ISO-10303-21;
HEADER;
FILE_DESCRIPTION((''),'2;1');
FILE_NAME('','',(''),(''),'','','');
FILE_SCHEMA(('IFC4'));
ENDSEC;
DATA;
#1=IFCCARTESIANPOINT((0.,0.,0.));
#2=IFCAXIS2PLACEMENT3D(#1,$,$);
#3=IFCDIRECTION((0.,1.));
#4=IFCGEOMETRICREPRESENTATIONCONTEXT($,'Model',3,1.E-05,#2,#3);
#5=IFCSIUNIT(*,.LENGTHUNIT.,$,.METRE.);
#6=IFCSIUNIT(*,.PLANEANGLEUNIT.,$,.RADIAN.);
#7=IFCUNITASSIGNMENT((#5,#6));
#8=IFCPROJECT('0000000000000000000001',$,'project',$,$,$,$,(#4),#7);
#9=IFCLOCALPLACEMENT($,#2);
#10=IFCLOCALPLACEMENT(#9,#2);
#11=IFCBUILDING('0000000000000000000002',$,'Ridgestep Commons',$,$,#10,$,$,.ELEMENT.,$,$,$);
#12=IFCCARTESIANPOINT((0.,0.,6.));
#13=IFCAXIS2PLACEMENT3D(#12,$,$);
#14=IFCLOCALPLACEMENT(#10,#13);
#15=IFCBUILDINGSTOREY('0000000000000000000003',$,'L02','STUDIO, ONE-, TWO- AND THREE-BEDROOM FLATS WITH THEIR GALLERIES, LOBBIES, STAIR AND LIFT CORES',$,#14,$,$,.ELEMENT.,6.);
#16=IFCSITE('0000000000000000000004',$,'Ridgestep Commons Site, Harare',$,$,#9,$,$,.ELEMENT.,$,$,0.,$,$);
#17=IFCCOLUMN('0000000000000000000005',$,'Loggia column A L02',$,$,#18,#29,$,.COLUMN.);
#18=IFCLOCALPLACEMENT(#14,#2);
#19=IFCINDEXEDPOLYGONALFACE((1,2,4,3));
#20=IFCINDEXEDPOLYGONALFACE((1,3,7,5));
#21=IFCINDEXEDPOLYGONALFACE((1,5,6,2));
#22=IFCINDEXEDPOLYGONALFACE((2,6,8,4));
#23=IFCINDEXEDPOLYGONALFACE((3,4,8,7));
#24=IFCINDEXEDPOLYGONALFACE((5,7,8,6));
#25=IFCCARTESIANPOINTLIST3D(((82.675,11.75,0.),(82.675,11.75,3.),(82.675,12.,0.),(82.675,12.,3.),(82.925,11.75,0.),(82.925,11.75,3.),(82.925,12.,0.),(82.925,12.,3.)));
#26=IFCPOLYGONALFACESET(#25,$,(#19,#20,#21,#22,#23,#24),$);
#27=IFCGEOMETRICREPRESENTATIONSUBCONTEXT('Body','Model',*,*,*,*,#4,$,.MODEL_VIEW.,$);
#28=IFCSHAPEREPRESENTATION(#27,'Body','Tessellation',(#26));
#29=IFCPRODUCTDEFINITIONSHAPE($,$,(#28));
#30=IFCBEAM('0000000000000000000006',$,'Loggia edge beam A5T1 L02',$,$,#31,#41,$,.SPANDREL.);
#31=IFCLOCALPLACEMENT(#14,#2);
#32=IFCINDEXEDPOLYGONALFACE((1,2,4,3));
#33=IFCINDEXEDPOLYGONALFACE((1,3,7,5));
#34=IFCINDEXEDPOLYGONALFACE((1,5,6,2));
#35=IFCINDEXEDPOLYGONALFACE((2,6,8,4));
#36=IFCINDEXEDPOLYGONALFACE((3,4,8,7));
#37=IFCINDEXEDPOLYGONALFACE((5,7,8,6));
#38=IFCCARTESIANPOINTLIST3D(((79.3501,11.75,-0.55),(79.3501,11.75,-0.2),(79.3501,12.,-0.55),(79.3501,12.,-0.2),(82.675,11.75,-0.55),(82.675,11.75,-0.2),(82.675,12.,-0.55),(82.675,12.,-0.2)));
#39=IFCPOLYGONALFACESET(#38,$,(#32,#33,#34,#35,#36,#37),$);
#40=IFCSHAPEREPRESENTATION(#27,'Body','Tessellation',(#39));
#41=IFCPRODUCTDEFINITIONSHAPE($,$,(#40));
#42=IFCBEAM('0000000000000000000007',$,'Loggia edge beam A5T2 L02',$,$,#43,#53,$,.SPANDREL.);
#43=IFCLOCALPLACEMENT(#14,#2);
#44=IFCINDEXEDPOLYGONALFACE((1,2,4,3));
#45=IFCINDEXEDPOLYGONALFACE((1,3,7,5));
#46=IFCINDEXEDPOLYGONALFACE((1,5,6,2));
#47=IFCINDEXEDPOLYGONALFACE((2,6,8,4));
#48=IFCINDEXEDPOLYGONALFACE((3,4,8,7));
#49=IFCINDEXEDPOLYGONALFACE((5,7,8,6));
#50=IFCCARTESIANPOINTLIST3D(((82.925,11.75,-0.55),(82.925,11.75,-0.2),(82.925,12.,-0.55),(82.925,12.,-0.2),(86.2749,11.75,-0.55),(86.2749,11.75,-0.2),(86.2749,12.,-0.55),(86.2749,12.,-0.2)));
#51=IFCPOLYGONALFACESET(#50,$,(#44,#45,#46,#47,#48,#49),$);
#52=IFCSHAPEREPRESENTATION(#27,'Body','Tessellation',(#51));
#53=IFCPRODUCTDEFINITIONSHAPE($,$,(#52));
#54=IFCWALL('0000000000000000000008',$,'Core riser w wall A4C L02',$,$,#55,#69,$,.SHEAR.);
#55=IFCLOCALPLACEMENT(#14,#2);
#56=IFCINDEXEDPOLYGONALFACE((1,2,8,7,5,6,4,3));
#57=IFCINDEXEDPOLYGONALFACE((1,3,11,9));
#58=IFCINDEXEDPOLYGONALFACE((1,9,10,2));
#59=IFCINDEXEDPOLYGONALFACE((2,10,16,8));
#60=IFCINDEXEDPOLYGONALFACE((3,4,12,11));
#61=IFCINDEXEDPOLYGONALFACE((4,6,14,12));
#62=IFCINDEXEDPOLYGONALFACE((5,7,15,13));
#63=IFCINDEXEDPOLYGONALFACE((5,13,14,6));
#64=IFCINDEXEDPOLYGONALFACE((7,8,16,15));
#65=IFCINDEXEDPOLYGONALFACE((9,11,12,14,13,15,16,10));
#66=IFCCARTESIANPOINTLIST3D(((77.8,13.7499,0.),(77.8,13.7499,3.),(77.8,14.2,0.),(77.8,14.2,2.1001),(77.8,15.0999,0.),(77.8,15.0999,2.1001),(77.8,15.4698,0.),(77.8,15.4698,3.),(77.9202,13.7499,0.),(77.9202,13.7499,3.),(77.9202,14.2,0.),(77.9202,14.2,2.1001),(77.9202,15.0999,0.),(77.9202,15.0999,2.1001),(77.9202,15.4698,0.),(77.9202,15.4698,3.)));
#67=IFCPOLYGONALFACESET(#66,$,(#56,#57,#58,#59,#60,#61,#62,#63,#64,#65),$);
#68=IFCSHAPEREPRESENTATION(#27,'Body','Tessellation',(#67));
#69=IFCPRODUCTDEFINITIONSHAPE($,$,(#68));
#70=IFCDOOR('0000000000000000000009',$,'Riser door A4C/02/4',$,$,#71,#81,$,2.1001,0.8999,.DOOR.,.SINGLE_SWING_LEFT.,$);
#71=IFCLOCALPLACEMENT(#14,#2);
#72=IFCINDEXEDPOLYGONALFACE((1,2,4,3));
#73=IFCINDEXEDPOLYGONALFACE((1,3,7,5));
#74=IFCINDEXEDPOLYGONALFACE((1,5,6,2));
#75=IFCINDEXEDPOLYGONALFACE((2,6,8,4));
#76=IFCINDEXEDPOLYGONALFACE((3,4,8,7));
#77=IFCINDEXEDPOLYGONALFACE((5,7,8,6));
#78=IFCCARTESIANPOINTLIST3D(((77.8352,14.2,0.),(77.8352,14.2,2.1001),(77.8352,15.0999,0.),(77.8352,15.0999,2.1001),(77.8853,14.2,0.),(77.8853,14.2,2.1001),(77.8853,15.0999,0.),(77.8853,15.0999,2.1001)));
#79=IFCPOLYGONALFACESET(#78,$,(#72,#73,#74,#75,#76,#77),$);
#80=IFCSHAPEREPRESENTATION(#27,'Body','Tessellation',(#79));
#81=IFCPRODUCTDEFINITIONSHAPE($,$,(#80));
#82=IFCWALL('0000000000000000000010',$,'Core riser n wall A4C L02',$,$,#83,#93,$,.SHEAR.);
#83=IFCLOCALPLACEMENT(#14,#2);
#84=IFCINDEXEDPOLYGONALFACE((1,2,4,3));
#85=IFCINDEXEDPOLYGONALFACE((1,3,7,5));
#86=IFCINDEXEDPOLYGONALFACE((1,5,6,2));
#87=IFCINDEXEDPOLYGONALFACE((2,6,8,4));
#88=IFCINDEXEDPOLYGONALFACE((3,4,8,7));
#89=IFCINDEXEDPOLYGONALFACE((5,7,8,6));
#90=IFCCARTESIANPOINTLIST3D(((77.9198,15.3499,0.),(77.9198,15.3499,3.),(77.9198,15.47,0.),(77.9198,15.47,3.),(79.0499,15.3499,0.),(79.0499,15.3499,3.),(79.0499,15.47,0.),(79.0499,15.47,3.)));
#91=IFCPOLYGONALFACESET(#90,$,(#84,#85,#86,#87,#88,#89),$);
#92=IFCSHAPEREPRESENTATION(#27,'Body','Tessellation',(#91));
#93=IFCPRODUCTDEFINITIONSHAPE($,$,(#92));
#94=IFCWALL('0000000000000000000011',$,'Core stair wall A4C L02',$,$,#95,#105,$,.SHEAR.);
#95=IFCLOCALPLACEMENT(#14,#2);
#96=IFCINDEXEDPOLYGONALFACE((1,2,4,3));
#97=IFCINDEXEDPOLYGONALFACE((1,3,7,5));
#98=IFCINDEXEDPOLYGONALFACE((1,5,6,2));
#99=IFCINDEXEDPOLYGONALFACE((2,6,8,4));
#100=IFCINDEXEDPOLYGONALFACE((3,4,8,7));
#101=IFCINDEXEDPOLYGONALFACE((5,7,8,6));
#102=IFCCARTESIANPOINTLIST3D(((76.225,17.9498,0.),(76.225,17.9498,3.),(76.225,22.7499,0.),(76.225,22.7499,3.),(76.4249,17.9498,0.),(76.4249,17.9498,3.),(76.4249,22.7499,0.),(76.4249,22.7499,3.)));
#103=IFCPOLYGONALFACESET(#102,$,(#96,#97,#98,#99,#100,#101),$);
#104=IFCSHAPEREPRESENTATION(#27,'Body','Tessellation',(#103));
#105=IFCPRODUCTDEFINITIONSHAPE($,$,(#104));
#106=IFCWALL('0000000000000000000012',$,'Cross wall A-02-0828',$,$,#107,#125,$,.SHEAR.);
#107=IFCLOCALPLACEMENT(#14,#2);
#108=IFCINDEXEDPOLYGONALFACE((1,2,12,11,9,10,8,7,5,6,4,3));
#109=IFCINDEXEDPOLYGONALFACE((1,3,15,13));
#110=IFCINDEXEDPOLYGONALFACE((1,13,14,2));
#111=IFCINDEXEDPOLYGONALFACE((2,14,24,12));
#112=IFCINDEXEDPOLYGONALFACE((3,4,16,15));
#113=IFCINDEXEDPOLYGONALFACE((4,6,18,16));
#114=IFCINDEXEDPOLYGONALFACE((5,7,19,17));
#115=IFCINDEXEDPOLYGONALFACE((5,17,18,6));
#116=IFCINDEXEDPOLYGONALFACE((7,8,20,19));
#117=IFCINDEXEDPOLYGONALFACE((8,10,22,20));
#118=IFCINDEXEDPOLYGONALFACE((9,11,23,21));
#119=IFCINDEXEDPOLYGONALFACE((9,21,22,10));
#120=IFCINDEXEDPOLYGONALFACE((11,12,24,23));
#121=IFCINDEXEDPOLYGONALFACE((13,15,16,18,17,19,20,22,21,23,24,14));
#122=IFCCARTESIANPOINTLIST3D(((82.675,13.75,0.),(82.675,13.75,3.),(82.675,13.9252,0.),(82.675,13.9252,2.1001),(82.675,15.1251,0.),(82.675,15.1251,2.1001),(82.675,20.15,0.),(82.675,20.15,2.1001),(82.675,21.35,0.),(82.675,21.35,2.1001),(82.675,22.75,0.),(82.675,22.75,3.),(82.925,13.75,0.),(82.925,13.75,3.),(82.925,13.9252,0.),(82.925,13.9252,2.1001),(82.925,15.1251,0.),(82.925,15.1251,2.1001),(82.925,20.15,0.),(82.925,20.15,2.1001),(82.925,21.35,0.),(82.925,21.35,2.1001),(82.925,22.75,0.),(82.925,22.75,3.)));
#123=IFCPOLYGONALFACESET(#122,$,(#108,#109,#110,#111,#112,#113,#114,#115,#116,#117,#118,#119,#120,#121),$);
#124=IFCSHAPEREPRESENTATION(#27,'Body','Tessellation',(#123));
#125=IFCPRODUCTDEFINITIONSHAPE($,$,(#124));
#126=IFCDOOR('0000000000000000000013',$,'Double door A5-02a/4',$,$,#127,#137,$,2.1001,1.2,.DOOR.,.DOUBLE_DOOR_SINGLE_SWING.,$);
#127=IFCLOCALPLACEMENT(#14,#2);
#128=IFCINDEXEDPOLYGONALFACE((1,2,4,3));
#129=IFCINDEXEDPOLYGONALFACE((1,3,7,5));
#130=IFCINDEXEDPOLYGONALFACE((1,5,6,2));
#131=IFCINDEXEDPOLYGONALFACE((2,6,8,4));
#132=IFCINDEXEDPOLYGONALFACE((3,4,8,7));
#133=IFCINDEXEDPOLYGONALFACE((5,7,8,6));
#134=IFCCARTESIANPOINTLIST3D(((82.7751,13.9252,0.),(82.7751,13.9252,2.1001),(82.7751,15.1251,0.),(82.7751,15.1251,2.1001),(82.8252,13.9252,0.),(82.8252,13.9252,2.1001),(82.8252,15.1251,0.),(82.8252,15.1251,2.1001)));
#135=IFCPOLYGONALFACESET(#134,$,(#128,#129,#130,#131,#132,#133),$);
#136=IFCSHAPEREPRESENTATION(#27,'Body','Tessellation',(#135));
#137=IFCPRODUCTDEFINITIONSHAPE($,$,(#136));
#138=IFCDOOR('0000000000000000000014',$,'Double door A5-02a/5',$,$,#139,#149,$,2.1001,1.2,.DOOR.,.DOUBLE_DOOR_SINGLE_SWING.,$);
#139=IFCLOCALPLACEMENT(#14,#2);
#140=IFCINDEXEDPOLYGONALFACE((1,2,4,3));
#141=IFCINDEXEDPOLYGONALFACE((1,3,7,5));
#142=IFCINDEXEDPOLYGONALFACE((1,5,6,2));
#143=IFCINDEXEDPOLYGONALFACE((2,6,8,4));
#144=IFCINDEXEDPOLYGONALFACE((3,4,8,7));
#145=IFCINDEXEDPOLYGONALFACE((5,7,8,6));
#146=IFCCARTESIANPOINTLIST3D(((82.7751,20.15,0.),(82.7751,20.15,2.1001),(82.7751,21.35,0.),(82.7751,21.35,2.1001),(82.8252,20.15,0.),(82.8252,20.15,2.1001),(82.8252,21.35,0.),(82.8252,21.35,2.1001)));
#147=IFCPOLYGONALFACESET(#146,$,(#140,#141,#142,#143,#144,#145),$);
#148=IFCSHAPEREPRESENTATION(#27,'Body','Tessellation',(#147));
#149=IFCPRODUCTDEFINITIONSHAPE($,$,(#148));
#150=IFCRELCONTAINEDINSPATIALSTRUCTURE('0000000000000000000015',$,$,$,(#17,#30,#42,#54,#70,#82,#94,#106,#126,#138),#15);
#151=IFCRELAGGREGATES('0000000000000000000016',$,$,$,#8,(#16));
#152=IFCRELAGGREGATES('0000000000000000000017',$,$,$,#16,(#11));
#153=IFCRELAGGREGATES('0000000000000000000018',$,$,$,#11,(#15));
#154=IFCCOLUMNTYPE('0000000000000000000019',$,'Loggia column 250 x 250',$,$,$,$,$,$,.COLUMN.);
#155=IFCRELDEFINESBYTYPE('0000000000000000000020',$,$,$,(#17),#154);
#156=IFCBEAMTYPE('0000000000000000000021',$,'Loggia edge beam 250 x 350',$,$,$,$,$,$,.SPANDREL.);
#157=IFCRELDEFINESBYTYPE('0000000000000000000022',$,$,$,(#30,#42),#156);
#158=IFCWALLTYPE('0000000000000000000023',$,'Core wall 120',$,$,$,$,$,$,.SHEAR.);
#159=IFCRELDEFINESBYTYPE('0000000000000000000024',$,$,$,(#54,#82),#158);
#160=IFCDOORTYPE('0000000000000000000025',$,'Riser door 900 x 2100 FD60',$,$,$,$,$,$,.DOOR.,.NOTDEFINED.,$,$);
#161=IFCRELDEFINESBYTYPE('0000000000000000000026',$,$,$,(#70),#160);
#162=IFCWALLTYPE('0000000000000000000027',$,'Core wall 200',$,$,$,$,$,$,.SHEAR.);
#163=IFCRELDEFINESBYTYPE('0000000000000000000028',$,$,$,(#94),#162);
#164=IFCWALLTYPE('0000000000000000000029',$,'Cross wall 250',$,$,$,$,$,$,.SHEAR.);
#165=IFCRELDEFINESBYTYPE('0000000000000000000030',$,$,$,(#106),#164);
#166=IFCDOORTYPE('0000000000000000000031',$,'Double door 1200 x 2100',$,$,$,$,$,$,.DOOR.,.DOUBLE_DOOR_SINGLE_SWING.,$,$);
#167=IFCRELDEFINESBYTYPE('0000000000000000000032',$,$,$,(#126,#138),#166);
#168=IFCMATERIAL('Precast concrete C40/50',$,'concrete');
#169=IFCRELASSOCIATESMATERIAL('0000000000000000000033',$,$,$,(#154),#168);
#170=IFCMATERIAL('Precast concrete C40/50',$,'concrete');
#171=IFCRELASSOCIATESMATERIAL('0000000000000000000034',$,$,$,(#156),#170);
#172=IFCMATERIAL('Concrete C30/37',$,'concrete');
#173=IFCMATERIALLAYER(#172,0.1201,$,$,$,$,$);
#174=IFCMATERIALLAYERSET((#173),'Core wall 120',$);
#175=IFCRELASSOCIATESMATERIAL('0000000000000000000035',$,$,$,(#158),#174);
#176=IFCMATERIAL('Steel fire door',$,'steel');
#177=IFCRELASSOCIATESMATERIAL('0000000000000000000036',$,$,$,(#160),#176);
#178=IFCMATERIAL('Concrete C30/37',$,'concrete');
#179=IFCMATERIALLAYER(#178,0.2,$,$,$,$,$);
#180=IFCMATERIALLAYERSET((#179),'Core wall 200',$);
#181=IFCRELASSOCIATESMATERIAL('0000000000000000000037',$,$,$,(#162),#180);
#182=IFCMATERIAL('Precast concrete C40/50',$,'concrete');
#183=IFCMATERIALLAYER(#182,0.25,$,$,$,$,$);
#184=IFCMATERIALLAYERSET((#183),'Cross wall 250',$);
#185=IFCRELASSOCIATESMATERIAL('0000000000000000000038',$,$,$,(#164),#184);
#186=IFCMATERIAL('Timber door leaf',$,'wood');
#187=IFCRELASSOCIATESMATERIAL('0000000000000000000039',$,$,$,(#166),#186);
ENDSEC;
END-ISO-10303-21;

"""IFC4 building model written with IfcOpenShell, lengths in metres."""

from ifc_helpers import new_model, si_unit, direction, frame, frame_2d, origin, origin_2d, place, context, subcontext, project, spatial, rectangle, extrude, material, layer, layer_set, material_profile, profile_set, type_object, element, fill, save


model = new_model("IFC4")

# Units and contexts
model_context = context("Model", 3, precision=1e-05, world=origin(), true_north=direction((0.0, 1.0)))
body_context = subcontext(model_context, "Body", "Model", "MODEL_VIEW")
ifc_project = project(units=[si_unit("LENGTHUNIT", "METRE"), si_unit("PLANEANGLEUNIT", "RADIAN")], contexts=[model_context])

# Site, building, storey
site_placement = place(None, origin())
site = spatial("IfcSite", under=ifc_project, at=site_placement, Name="Ridgestep Commons Site, Harare", CompositionType="ELEMENT", RefElevation=0.0)
building_placement = place(site_placement, origin())
building = spatial("IfcBuilding", under=site, at=building_placement, Name="Ridgestep Commons", CompositionType="ELEMENT")
storey_placement = place(building_placement, frame((0.0, 0.0, 6.0)))
storey = spatial("IfcBuildingStorey", under=building, at=storey_placement, Name="L02", Description="STUDIO, ONE-, TWO- AND THREE-BEDROOM FLATS WITH THEIR GALLERIES, LOBBIES, STAIR AND LIFT CORES", CompositionType="ELEMENT", Elevation=6.0)

# Column
ifc_material_1 = material(Name="Precast concrete C40/50", Category="concrete")
ifc_material_profile_1 = material_profile(ifc_material_1, rectangle(XDim=0.25, YDim=0.25, at=origin_2d()), Name="PC 250x250")
ifc_profile_set_1 = profile_set([ifc_material_profile_1], Name="Precast concrete C40/50")
column_type = type_object("IfcColumnType", Name="Loggia column 250 x 250", PredefinedType="COLUMN", material=ifc_profile_set_1)
column_placement = place(storey_placement, frame((82.8, 11.875, 0.0), z_axis=(0.0, 0.0, 1.0), x_axis=(1.0, 0.0, 0.0)))
element("IfcColumn", 1, at=column_placement, inside=storey, type_object=column_type, Name="Loggia column A L02", PredefinedType="COLUMN", context=body_context, shape_type="SweptSolid", body=[
    extrude(rectangle(XDim=0.25, YDim=0.25, at=origin_2d()), origin(), (0.0, 0.0, 1.0), 3.0),
])

# Beams
ifc_material_2 = material(Name="Precast concrete C40/50", Category="concrete")
ifc_material_profile_2 = material_profile(ifc_material_2, rectangle(XDim=0.25, YDim=0.3501, at=origin_2d()), Name="PC 250x350")
ifc_profile_set_2 = profile_set([ifc_material_profile_2], Name="Precast concrete C40/50")
beam_type = type_object("IfcBeamType", Name="Loggia edge beam 250 x 350", PredefinedType="SPANDREL", material=ifc_profile_set_2)
beam_1_placement = place(storey_placement, frame((79.3501, 11.875, -0.375), z_axis=(1.0, 0.0, 0.0), x_axis=(0.0, 1.0, 0.0)))
element("IfcBeam", 2, at=beam_1_placement, inside=storey, type_object=beam_type, Name="Loggia edge beam A5T1 L02", PredefinedType="SPANDREL", context=body_context, shape_type="SweptSolid", body=[
    extrude(rectangle(XDim=0.25, YDim=0.3501, at=origin_2d()), origin(), (0.0, 0.0, 1.0), 3.325),
])
beam_2_placement = place(storey_placement, frame((82.925, 11.875, -0.375), z_axis=(1.0, 0.0, 0.0), x_axis=(0.0, 1.0, 0.0)))
element("IfcBeam", 3, at=beam_2_placement, inside=storey, type_object=beam_type, Name="Loggia edge beam A5T2 L02", PredefinedType="SPANDREL", context=body_context, shape_type="SweptSolid", body=[
    extrude(rectangle(XDim=0.25, YDim=0.3501, at=origin_2d()), origin(), (0.0, 0.0, 1.0), 3.3499),
])

# Wall, opening, door
ifc_material_3 = material(Name="Concrete C30/37", Category="concrete")
ifc_layer_1 = layer(ifc_material_3, 0.1201)
ifc_layer_set_1 = layer_set([ifc_layer_1], Name="Core wall 120")
wall_type_1 = type_object("IfcWallType", Name="Core wall 120", PredefinedType="SHEAR", material=ifc_layer_set_1)
wall_1_placement = place(storey_placement, frame((77.8601, 13.75, 0.0), z_axis=(0.0, 0.0, 1.0), x_axis=(0.0, 1.0, 0.0)))
wall_1 = element("IfcWall", 4, at=wall_1_placement, inside=storey, type_object=wall_type_1, Name="Core riser w wall A4C L02", PredefinedType="SHEAR", context=body_context, shape_type="SweptSolid", body=[
    extrude(rectangle(XDim=1.72, YDim=0.1201, at=frame_2d((0.8599, 0.0))), origin(), (0.0, 0.0, 1.0), 3.0),
])
opening_1_placement = place(wall_1_placement, frame((0.45, 0.0, 0.0)))
opening_1 = element("IfcOpeningElement", 5, at=opening_1_placement, cuts=wall_1, PredefinedType="OPENING", context=body_context, shape_type="SweptSolid", body=[
    extrude(rectangle(XDim=0.8999, YDim=2.1001, at=frame_2d((0.45, 1.05))), frame((0.0, 0.0701, 0.0), z_axis=(0.0, -1.0, 0.0), x_axis=(1.0, 0.0, 0.0)), (0.0, 0.0, 1.0), 0.1401),
])
ifc_material_4 = material(Name="Steel fire door", Category="steel")
door_type_1 = type_object("IfcDoorType", Name="Riser door 900 x 2100 FD60", OperationType="NOTDEFINED", PredefinedType="DOOR", material=ifc_material_4)
door_1_placement = place(opening_1_placement, origin())
door_1 = element("IfcDoor", 6, at=door_1_placement, inside=storey, type_object=door_type_1, Name="Riser door A4C/02/4", OperationType="SINGLE_SWING_LEFT", OverallHeight=2.1001, OverallWidth=0.8999, PredefinedType="DOOR", context=body_context, shape_type="SweptSolid", body=[
    extrude(rectangle(XDim=0.8999, YDim=2.1001, at=frame_2d((0.45, 1.05))), frame((0.0, 0.0249, 0.0), z_axis=(0.0, -1.0, 0.0), x_axis=(1.0, 0.0, 0.0)), (0.0, 0.0, 1.0), 0.05),
])
fill(opening_1, door_1)

# Walls
wall_2_placement = place(storey_placement, frame((77.9199, 15.4099, 0.0), z_axis=(0.0, 0.0, 1.0), x_axis=(1.0, 0.0, 0.0)))
element("IfcWall", 7, at=wall_2_placement, inside=storey, type_object=wall_type_1, Name="Core riser n wall A4C L02", PredefinedType="SHEAR", context=body_context, shape_type="SweptSolid", body=[
    extrude(rectangle(XDim=1.1301, YDim=0.1201, at=frame_2d((0.5649, 0.0))), origin(), (0.0, 0.0, 1.0), 3.0),
])
ifc_material_5 = material(Name="Concrete C30/37", Category="concrete")
ifc_layer_2 = layer(ifc_material_5, 0.2)
ifc_layer_set_2 = layer_set([ifc_layer_2], Name="Core wall 200")
wall_type_2 = type_object("IfcWallType", Name="Core wall 200", PredefinedType="SHEAR", material=ifc_layer_set_2)
wall_3_placement = place(storey_placement, frame((76.325, 17.95, 0.0), z_axis=(0.0, 0.0, 1.0), x_axis=(0.0, 1.0, 0.0)))
element("IfcWall", 8, at=wall_3_placement, inside=storey, type_object=wall_type_2, Name="Core stair wall A4C L02", PredefinedType="SHEAR", context=body_context, shape_type="SweptSolid", body=[
    extrude(rectangle(XDim=4.8, YDim=0.2, at=frame_2d((2.3999, 0.0))), origin(), (0.0, 0.0, 1.0), 3.0),
])

# Wall, openings, doors
ifc_material_6 = material(Name="Precast concrete C40/50", Category="concrete")
ifc_layer_3 = layer(ifc_material_6, 0.25)
ifc_layer_set_3 = layer_set([ifc_layer_3], Name="Cross wall 250")
wall_type_3 = type_object("IfcWallType", Name="Cross wall 250", PredefinedType="SHEAR", material=ifc_layer_set_3)
wall_4_placement = place(storey_placement, frame((82.8, 13.75, 0.0), z_axis=(0.0, 0.0, 1.0), x_axis=(0.0, 1.0, 0.0)))
wall_4 = element("IfcWall", 9, at=wall_4_placement, inside=storey, type_object=wall_type_3, Name="Cross wall A-02-0828", PredefinedType="SHEAR", context=body_context, shape_type="SweptSolid", body=[
    extrude(rectangle(XDim=9.0, YDim=0.25, at=frame_2d((4.5, 0.0))), origin(), (0.0, 0.0, 1.0), 3.0),
])
opening_2_placement = place(wall_4_placement, frame((0.175, 0.0, 0.0)))
opening_2 = element("IfcOpeningElement", 10, at=opening_2_placement, cuts=wall_4, PredefinedType="OPENING", context=body_context, shape_type="SweptSolid", body=[
    extrude(rectangle(XDim=1.2, YDim=2.1001, at=frame_2d((0.6001, 1.05))), frame((0.0, 0.135, 0.0), z_axis=(0.0, -1.0, 0.0), x_axis=(1.0, 0.0, 0.0)), (0.0, 0.0, 1.0), 0.27),
])
opening_3_placement = place(wall_4_placement, frame((6.3999, 0.0, 0.0)))
opening_3 = element("IfcOpeningElement", 11, at=opening_3_placement, cuts=wall_4, PredefinedType="OPENING", context=body_context, shape_type="SweptSolid", body=[
    extrude(rectangle(XDim=1.2, YDim=2.1001, at=frame_2d((0.6001, 1.05))), frame((0.0, 0.135, 0.0), z_axis=(0.0, -1.0, 0.0), x_axis=(1.0, 0.0, 0.0)), (0.0, 0.0, 1.0), 0.27),
])
ifc_material_7 = material(Name="Timber door leaf", Category="wood")
door_type_2 = type_object("IfcDoorType", Name="Double door 1200 x 2100", OperationType="DOUBLE_DOOR_SINGLE_SWING", PredefinedType="DOOR", material=ifc_material_7)
door_2_placement = place(opening_2_placement, origin())
door_2 = element("IfcDoor", 12, at=door_2_placement, inside=storey, type_object=door_type_2, Name="Double door A5-02a/4", OperationType="DOUBLE_DOOR_SINGLE_SWING", OverallHeight=2.1001, OverallWidth=1.2, PredefinedType="DOOR", context=body_context, shape_type="SweptSolid", body=[
    extrude(rectangle(XDim=1.2, YDim=2.1001, at=frame_2d((0.6001, 1.05))), frame((0.0, 0.0249, 0.0), z_axis=(0.0, -1.0, 0.0), x_axis=(1.0, 0.0, 0.0)), (0.0, 0.0, 1.0), 0.05),
])
fill(opening_2, door_2)
door_3_placement = place(opening_3_placement, origin())
door_3 = element("IfcDoor", 13, at=door_3_placement, inside=storey, type_object=door_type_2, Name="Double door A5-02a/5", OperationType="DOUBLE_DOOR_SINGLE_SWING", OverallHeight=2.1001, OverallWidth=1.2, PredefinedType="DOOR", context=body_context, shape_type="SweptSolid", body=[
    extrude(rectangle(XDim=1.2, YDim=2.1001, at=frame_2d((0.6001, 1.05))), frame((0.0, 0.0249, 0.0), z_axis=(0.0, -1.0, 0.0), x_axis=(1.0, 0.0, 0.0)), (0.0, 0.0, 1.0), 0.05),
])
fill(opening_3, door_3)

save(model, "model.ifc")
